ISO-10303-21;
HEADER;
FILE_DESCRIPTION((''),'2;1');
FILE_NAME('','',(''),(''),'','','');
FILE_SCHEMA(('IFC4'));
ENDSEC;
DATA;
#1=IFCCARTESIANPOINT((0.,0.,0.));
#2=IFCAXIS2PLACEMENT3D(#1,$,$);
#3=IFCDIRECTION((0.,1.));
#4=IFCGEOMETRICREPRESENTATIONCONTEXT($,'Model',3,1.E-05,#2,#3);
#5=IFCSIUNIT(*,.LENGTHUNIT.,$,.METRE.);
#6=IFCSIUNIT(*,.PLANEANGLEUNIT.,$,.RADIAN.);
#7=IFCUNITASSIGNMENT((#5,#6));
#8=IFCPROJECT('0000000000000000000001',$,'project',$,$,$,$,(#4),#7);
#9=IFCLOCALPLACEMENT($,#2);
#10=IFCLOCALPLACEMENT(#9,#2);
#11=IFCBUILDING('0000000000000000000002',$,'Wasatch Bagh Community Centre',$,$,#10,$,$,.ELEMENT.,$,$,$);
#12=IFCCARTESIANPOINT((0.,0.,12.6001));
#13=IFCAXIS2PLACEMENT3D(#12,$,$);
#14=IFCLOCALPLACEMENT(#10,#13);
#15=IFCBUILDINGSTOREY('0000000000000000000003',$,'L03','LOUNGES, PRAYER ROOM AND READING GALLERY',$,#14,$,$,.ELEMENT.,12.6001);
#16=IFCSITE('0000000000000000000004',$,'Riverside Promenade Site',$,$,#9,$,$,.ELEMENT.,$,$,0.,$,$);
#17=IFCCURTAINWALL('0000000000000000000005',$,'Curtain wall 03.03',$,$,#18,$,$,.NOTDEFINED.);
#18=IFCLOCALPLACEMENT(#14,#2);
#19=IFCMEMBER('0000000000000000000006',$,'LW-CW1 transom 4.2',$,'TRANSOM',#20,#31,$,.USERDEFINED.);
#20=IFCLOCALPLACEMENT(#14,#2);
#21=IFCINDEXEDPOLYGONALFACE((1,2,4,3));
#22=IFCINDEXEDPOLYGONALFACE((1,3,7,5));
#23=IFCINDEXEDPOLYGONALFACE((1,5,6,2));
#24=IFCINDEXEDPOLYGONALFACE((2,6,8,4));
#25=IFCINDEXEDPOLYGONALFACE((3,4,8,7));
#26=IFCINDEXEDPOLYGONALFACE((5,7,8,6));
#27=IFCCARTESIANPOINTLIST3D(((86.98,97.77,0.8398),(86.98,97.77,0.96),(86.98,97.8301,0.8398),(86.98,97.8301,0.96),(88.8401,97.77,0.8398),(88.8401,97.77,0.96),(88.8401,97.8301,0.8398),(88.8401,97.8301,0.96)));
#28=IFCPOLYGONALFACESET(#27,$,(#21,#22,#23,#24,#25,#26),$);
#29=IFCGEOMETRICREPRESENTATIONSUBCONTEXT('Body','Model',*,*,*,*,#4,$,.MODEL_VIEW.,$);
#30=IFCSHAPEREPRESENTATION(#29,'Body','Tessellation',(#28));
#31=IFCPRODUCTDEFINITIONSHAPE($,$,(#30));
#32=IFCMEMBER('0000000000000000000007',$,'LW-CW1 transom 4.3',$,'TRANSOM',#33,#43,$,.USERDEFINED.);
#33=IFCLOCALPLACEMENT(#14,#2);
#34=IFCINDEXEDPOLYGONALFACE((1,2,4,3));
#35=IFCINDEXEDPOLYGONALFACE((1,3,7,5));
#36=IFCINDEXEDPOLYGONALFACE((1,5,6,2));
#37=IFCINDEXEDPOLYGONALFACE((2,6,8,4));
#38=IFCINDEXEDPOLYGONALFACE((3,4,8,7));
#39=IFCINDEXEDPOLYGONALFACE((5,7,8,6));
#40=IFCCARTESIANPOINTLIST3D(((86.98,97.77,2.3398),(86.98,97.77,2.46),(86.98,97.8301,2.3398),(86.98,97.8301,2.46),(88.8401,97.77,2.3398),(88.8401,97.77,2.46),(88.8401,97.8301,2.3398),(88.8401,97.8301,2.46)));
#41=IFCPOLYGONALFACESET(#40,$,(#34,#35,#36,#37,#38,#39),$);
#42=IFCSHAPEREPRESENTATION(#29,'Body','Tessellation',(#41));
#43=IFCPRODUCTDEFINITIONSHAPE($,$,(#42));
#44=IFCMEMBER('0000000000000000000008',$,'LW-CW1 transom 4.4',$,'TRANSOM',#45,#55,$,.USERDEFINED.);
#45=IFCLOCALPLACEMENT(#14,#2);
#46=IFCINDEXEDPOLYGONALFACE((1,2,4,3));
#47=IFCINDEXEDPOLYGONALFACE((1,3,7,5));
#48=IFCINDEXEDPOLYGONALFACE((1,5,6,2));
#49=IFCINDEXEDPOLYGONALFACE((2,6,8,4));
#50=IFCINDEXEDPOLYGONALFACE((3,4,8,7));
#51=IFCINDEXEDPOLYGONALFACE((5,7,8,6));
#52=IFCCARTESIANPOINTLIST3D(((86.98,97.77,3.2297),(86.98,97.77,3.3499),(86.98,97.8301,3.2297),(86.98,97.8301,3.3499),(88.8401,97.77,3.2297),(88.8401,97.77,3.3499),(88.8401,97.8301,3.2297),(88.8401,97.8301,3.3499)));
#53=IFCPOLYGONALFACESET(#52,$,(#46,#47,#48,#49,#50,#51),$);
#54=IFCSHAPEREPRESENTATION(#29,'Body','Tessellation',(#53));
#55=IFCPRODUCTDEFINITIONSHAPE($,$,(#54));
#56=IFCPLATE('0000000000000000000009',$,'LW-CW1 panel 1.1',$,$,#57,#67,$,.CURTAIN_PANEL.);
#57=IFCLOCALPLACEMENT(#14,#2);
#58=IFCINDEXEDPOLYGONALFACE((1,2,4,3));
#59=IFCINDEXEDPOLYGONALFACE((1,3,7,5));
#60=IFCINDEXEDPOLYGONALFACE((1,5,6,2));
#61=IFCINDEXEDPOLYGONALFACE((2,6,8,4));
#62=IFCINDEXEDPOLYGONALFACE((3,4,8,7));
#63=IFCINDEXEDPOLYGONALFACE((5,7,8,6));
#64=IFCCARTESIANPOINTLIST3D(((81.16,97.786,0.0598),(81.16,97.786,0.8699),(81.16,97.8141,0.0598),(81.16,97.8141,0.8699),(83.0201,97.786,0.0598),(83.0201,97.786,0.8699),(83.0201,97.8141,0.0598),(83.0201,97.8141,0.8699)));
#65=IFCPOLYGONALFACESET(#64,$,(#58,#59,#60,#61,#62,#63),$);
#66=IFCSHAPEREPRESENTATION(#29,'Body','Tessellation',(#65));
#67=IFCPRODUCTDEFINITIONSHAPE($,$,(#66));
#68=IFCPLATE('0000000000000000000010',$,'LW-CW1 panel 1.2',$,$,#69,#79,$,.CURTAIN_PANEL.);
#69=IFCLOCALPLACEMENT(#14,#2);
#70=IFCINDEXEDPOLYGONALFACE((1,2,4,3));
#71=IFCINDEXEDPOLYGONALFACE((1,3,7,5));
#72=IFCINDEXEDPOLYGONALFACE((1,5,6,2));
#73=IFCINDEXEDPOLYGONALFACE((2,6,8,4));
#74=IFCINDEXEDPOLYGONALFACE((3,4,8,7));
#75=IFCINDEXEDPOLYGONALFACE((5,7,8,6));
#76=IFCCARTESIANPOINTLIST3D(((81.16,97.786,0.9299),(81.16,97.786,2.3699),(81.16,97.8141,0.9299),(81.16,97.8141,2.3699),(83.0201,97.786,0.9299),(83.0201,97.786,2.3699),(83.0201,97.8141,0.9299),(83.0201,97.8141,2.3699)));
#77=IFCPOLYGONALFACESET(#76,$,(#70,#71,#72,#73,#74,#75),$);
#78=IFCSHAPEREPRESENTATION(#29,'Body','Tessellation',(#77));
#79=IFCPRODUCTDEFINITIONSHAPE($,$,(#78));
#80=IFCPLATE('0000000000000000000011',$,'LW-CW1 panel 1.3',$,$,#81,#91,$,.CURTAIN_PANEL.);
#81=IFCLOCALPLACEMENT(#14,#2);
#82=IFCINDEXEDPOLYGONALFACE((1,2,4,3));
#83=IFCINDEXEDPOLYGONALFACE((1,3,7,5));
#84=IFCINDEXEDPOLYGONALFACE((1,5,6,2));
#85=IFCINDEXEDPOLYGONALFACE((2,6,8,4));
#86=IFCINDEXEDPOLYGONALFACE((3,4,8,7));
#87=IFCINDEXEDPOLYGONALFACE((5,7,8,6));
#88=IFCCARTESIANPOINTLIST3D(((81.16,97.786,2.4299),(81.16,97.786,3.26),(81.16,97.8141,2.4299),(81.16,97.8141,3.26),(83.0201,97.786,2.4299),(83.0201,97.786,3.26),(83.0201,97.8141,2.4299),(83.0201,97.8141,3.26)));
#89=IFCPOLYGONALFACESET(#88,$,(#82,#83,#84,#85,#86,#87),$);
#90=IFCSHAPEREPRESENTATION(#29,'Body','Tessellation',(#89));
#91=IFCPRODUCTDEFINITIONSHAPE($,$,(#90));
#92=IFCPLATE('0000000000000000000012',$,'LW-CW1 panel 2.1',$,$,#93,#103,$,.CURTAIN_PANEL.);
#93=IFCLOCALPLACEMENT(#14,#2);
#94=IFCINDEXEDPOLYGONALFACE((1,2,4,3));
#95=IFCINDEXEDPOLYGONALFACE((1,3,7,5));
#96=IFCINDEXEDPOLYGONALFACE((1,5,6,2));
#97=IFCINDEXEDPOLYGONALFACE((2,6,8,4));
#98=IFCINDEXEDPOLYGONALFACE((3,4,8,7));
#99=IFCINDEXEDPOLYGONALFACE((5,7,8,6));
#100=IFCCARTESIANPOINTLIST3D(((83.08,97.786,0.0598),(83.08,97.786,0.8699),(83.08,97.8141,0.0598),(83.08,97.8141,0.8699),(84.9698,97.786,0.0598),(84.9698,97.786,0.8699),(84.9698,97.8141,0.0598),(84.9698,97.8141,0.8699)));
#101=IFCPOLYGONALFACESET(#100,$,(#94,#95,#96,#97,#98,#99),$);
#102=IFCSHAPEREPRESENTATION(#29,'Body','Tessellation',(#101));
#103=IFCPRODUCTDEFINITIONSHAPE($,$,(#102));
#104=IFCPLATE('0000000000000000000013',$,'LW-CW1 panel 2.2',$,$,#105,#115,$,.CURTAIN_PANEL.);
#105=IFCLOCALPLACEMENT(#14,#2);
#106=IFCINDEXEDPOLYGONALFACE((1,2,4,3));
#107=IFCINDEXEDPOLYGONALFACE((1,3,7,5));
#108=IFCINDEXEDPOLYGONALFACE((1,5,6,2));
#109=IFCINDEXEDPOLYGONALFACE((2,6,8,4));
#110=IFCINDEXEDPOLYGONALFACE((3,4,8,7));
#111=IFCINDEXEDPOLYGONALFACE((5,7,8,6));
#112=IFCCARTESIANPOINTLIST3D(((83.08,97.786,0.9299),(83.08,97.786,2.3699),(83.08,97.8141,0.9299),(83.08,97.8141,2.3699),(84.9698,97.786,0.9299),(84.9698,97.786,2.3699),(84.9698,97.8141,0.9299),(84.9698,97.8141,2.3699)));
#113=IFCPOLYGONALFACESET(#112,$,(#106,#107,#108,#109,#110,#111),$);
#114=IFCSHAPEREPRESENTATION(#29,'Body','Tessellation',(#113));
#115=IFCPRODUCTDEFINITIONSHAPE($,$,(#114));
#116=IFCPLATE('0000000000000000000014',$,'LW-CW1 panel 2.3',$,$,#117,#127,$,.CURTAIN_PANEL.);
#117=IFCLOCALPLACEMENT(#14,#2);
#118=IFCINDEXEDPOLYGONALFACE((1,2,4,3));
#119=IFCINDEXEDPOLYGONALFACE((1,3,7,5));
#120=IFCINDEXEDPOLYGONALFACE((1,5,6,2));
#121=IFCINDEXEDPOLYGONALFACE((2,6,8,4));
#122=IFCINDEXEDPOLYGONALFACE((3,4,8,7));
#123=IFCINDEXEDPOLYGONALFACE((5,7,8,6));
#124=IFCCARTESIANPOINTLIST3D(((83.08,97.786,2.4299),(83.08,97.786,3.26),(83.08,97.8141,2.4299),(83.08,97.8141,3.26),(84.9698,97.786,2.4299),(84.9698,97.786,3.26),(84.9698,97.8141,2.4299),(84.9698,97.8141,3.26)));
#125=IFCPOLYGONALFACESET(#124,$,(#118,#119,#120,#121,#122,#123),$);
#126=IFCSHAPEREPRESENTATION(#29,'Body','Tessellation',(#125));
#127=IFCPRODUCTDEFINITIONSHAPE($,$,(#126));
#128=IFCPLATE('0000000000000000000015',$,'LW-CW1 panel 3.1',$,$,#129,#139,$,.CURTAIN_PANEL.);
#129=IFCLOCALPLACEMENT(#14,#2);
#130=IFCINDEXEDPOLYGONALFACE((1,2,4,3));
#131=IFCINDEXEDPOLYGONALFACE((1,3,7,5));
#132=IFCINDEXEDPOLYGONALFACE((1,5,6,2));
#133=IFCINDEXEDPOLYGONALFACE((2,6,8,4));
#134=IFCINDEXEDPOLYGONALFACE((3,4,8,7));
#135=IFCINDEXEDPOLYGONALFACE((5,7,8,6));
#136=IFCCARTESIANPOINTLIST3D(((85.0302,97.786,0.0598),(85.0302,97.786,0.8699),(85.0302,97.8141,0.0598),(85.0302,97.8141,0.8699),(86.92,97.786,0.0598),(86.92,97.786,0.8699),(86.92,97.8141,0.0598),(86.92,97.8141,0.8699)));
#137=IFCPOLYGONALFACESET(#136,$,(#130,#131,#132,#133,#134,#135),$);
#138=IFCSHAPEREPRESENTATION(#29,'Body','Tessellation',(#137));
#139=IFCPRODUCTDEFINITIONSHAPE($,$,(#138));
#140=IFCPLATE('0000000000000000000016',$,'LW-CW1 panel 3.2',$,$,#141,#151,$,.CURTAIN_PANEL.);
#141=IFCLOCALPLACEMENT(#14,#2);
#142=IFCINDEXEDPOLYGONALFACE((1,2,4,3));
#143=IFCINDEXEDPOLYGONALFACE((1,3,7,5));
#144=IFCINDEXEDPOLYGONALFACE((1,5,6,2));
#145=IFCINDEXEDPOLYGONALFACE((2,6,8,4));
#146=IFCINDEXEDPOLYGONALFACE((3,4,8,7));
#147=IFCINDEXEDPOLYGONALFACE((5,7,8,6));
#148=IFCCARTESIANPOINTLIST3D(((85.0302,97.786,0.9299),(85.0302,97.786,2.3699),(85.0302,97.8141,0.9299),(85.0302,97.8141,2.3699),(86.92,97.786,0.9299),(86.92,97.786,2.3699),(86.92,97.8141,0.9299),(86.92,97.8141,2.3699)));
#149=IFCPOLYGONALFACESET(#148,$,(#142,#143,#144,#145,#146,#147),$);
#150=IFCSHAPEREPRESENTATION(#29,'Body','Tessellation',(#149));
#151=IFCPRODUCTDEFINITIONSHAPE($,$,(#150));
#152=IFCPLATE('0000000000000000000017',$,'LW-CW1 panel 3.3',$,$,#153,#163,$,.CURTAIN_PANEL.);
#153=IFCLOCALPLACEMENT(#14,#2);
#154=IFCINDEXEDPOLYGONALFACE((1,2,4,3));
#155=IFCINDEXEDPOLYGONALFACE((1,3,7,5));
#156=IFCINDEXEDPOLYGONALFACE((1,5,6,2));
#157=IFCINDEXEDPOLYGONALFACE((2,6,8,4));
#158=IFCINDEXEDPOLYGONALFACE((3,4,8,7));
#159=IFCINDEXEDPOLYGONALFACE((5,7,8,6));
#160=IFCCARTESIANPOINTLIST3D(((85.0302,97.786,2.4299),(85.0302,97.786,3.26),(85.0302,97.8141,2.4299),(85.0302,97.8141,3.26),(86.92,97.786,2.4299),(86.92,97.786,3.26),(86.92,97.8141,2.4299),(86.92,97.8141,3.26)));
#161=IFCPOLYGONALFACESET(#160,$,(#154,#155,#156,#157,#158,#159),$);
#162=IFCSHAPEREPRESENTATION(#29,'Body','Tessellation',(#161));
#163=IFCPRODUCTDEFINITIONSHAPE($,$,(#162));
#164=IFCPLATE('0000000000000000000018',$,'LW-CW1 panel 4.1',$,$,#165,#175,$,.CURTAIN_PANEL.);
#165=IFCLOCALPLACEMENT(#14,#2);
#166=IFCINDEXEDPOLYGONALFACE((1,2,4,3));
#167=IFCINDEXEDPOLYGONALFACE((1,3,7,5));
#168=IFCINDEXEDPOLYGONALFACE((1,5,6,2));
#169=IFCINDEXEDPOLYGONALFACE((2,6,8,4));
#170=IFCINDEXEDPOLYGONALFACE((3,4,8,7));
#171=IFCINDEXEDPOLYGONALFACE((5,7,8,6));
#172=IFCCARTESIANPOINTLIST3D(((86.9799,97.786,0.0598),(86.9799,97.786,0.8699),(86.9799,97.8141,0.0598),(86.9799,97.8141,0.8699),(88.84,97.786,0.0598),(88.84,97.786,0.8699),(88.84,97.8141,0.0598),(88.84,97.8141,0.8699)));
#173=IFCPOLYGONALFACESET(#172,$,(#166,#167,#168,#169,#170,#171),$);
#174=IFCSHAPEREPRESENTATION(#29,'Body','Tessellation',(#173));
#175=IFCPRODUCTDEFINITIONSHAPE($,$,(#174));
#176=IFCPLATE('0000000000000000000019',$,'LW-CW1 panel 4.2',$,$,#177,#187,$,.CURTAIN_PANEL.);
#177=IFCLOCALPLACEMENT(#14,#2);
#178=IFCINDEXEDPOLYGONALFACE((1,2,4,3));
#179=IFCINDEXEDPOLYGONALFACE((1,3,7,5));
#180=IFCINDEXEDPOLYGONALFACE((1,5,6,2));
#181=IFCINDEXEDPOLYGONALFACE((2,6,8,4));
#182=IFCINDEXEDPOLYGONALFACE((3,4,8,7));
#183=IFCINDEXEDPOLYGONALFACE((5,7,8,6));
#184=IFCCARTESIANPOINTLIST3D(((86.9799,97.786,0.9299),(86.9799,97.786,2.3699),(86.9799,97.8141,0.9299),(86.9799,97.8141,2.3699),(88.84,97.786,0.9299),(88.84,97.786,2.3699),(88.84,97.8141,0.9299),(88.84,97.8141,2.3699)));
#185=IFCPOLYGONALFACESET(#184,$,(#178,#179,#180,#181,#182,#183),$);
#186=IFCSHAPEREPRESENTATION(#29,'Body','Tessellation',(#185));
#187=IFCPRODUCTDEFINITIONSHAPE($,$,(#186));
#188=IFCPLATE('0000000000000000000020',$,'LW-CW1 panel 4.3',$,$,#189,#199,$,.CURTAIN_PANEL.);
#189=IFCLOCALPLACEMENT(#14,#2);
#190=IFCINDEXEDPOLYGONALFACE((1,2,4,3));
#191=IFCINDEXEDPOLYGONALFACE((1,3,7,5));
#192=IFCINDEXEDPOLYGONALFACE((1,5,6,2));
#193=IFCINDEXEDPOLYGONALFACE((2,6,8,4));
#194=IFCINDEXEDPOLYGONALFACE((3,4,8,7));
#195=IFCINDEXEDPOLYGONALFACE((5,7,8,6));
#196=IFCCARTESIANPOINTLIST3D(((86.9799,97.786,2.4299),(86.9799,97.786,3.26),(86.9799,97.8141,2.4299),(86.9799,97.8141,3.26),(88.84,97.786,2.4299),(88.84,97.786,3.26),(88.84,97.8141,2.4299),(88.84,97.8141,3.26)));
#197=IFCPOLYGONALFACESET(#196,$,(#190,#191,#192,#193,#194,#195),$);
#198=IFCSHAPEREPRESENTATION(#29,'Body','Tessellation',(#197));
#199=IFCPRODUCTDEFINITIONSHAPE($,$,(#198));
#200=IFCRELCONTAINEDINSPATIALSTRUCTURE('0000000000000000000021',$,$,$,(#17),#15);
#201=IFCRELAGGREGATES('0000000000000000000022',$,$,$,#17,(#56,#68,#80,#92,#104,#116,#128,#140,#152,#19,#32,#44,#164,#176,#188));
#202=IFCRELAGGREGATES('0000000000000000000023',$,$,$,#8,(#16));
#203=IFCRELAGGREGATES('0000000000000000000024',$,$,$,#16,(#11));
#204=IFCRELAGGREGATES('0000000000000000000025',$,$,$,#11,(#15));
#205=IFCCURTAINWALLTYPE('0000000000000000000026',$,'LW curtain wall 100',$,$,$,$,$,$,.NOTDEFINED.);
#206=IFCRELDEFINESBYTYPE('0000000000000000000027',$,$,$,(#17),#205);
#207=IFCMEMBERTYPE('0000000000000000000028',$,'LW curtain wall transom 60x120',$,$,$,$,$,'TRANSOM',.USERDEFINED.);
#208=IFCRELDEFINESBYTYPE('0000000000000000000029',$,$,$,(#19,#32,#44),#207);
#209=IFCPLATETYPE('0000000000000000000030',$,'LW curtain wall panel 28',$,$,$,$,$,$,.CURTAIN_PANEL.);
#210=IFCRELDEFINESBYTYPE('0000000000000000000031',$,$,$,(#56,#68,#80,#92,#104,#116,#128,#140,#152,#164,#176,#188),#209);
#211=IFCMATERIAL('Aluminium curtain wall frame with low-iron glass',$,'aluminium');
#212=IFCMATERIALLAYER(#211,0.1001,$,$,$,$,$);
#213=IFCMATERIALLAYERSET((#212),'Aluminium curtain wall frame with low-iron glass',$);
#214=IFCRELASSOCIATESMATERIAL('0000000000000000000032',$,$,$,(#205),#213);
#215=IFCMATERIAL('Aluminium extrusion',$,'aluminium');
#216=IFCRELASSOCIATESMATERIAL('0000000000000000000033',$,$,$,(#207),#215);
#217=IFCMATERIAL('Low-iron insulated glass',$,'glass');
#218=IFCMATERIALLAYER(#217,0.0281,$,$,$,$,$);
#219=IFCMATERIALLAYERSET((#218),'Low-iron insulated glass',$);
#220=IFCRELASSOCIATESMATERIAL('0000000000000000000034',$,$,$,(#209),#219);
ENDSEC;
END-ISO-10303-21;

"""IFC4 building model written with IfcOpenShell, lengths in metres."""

from ifc_helpers import new_model, si_unit, direction, frame, origin, origin_2d, place, context, subcontext, project, spatial, rectangle, extrude, material, layer, layer_set, material_profile, profile_set, type_object, element, aggregate, save


model = new_model("IFC4")

# Units and contexts
model_context = context("Model", 3, precision=1e-05, world=origin(), true_north=direction((0.0, 1.0)))
body_context = subcontext(model_context, "Body", "Model", "MODEL_VIEW")
ifc_project = project(units=[si_unit("LENGTHUNIT", "METRE"), si_unit("PLANEANGLEUNIT", "RADIAN")], contexts=[model_context])

# Site, building, storey
site_placement = place(None, origin())
site = spatial("IfcSite", under=ifc_project, at=site_placement, Name="Riverside Promenade Site", CompositionType="ELEMENT", RefElevation=0.0)
building_placement = place(site_placement, origin())
building = spatial("IfcBuilding", under=site, at=building_placement, Name="Wasatch Bagh Community Centre", CompositionType="ELEMENT")
storey_placement = place(building_placement, frame((0.0, 0.0, 12.6001)))
storey = spatial("IfcBuildingStorey", under=building, at=storey_placement, Name="L03", Description="LOUNGES, PRAYER ROOM AND READING GALLERY", CompositionType="ELEMENT", Elevation=12.6001)

# Curtain wall, members, plates
ifc_material_1 = material(Name="Aluminium curtain wall frame with low-iron glass", Category="aluminium")
ifc_layer_1 = layer(ifc_material_1, 0.1001)
ifc_layer_set_1 = layer_set([ifc_layer_1], Name="Aluminium curtain wall frame with low-iron glass")
curtain_wall_type = type_object("IfcCurtainWallType", Name="LW curtain wall 100", PredefinedType="NOTDEFINED", material=ifc_layer_set_1)
curtain_wall_placement = place(storey_placement, origin())
curtain_wall = element("IfcCurtainWall", 1, at=curtain_wall_placement, inside=storey, type_object=curtain_wall_type, Name="Curtain wall 03.03", PredefinedType="NOTDEFINED")
ifc_material_2 = material(Name="Aluminium extrusion", Category="aluminium")
ifc_material_profile_1 = material_profile(ifc_material_2, rectangle(XDim=0.0601, YDim=0.1201, at=origin_2d()), Name="AL 60x120")
ifc_profile_set_1 = profile_set([ifc_material_profile_1], Name="Aluminium extrusion")
member_type_1 = type_object("IfcMemberType", Name="LW curtain wall transom 60x120", ElementType="TRANSOM", PredefinedType="USERDEFINED", material=ifc_profile_set_1)
member_1_placement = place(storey_placement, frame((86.98, 97.8, 0.8999), z_axis=(1.0, 0.0, 0.0), x_axis=(0.0, 1.0, 0.0)))
member_1 = element("IfcMember", 2, at=member_1_placement, type_object=member_type_1, Name="LW-CW1 transom 4.2", ObjectType="TRANSOM", PredefinedType="USERDEFINED", context=body_context, shape_type="SweptSolid", body=[
    extrude(rectangle(XDim=0.0601, YDim=0.1201, at=origin_2d()), origin(), (0.0, 0.0, 1.0), 1.8601),
])
member_2_placement = place(storey_placement, frame((86.98, 97.8, 2.3999), z_axis=(1.0, 0.0, 0.0), x_axis=(0.0, 1.0, 0.0)))
member_2 = element("IfcMember", 3, at=member_2_placement, type_object=member_type_1, Name="LW-CW1 transom 4.3", ObjectType="TRANSOM", PredefinedType="USERDEFINED", context=body_context, shape_type="SweptSolid", body=[
    extrude(rectangle(XDim=0.0601, YDim=0.1201, at=origin_2d()), origin(), (0.0, 0.0, 1.0), 1.8601),
])
member_3_placement = place(storey_placement, frame((86.98, 97.8, 3.2898), z_axis=(1.0, 0.0, 0.0), x_axis=(0.0, 1.0, 0.0)))
member_3 = element("IfcMember", 4, at=member_3_placement, type_object=member_type_1, Name="LW-CW1 transom 4.4", ObjectType="TRANSOM", PredefinedType="USERDEFINED", context=body_context, shape_type="SweptSolid", body=[
    extrude(rectangle(XDim=0.0601, YDim=0.1201, at=origin_2d()), origin(), (0.0, 0.0, 1.0), 1.8601),
])
ifc_material_3 = material(Name="Low-iron insulated glass", Category="glass")
ifc_layer_2 = layer(ifc_material_3, 0.0281)
ifc_layer_set_2 = layer_set([ifc_layer_2], Name="Low-iron insulated glass")
plate_type = type_object("IfcPlateType", Name="LW curtain wall panel 28", PredefinedType="CURTAIN_PANEL", material=ifc_layer_set_2)
plate_1_placement = place(storey_placement, frame((82.0901, 97.8, 0.0598), z_axis=(0.0, 0.0, 1.0), x_axis=(1.0, 0.0, 0.0)))
plate_1 = element("IfcPlate", 5, at=plate_1_placement, type_object=plate_type, Name="LW-CW1 panel 1.1", PredefinedType="CURTAIN_PANEL", context=body_context, shape_type="SweptSolid", body=[
    extrude(rectangle(XDim=1.8601, YDim=0.0281, at=origin_2d()), origin(), (0.0, 0.0, 1.0), 0.8101),
])
plate_2_placement = place(storey_placement, frame((82.0901, 97.8, 0.9299), z_axis=(0.0, 0.0, 1.0), x_axis=(1.0, 0.0, 0.0)))
plate_2 = element("IfcPlate", 6, at=plate_2_placement, type_object=plate_type, Name="LW-CW1 panel 1.2", PredefinedType="CURTAIN_PANEL", context=body_context, shape_type="SweptSolid", body=[
    extrude(rectangle(XDim=1.8601, YDim=0.0281, at=origin_2d()), origin(), (0.0, 0.0, 1.0), 1.4399),
])
plate_3_placement = place(storey_placement, frame((82.0901, 97.8, 2.4299), z_axis=(0.0, 0.0, 1.0), x_axis=(1.0, 0.0, 0.0)))
plate_3 = element("IfcPlate", 7, at=plate_3_placement, type_object=plate_type, Name="LW-CW1 panel 1.3", PredefinedType="CURTAIN_PANEL", context=body_context, shape_type="SweptSolid", body=[
    extrude(rectangle(XDim=1.8601, YDim=0.0281, at=origin_2d()), origin(), (0.0, 0.0, 1.0), 0.8301),
])
plate_4_placement = place(storey_placement, frame((84.0249, 97.8, 0.0598), z_axis=(0.0, 0.0, 1.0), x_axis=(1.0, 0.0, 0.0)))
plate_4 = element("IfcPlate", 8, at=plate_4_placement, type_object=plate_type, Name="LW-CW1 panel 2.1", PredefinedType="CURTAIN_PANEL", context=body_context, shape_type="SweptSolid", body=[
    extrude(rectangle(XDim=1.8899, YDim=0.0281, at=origin_2d()), origin(), (0.0, 0.0, 1.0), 0.8101),
])
plate_5_placement = place(storey_placement, frame((84.0249, 97.8, 0.9299), z_axis=(0.0, 0.0, 1.0), x_axis=(1.0, 0.0, 0.0)))
plate_5 = element("IfcPlate", 9, at=plate_5_placement, type_object=plate_type, Name="LW-CW1 panel 2.2", PredefinedType="CURTAIN_PANEL", context=body_context, shape_type="SweptSolid", body=[
    extrude(rectangle(XDim=1.8899, YDim=0.0281, at=origin_2d()), origin(), (0.0, 0.0, 1.0), 1.4399),
])
plate_6_placement = place(storey_placement, frame((84.0249, 97.8, 2.4299), z_axis=(0.0, 0.0, 1.0), x_axis=(1.0, 0.0, 0.0)))
plate_6 = element("IfcPlate", 10, at=plate_6_placement, type_object=plate_type, Name="LW-CW1 panel 2.3", PredefinedType="CURTAIN_PANEL", context=body_context, shape_type="SweptSolid", body=[
    extrude(rectangle(XDim=1.8899, YDim=0.0281, at=origin_2d()), origin(), (0.0, 0.0, 1.0), 0.8301),
])
plate_7_placement = place(storey_placement, frame((85.9751, 97.8, 0.0598), z_axis=(0.0, 0.0, 1.0), x_axis=(1.0, 0.0, 0.0)))
plate_7 = element("IfcPlate", 11, at=plate_7_placement, type_object=plate_type, Name="LW-CW1 panel 3.1", PredefinedType="CURTAIN_PANEL", context=body_context, shape_type="SweptSolid", body=[
    extrude(rectangle(XDim=1.8899, YDim=0.0281, at=origin_2d()), origin(), (0.0, 0.0, 1.0), 0.8101),
])
plate_8_placement = place(storey_placement, frame((85.9751, 97.8, 0.9299), z_axis=(0.0, 0.0, 1.0), x_axis=(1.0, 0.0, 0.0)))
plate_8 = element("IfcPlate", 12, at=plate_8_placement, type_object=plate_type, Name="LW-CW1 panel 3.2", PredefinedType="CURTAIN_PANEL", context=body_context, shape_type="SweptSolid", body=[
    extrude(rectangle(XDim=1.8899, YDim=0.0281, at=origin_2d()), origin(), (0.0, 0.0, 1.0), 1.4399),
])
plate_9_placement = place(storey_placement, frame((85.9751, 97.8, 2.4299), z_axis=(0.0, 0.0, 1.0), x_axis=(1.0, 0.0, 0.0)))
plate_9 = element("IfcPlate", 13, at=plate_9_placement, type_object=plate_type, Name="LW-CW1 panel 3.3", PredefinedType="CURTAIN_PANEL", context=body_context, shape_type="SweptSolid", body=[
    extrude(rectangle(XDim=1.8899, YDim=0.0281, at=origin_2d()), origin(), (0.0, 0.0, 1.0), 0.8301),
])
plate_10_placement = place(storey_placement, frame((87.9099, 97.8, 0.0598), z_axis=(0.0, 0.0, 1.0), x_axis=(1.0, 0.0, 0.0)))
plate_10 = element("IfcPlate", 14, at=plate_10_placement, type_object=plate_type, Name="LW-CW1 panel 4.1", PredefinedType="CURTAIN_PANEL", context=body_context, shape_type="SweptSolid", body=[
    extrude(rectangle(XDim=1.8601, YDim=0.0281, at=origin_2d()), origin(), (0.0, 0.0, 1.0), 0.8101),
])
plate_11_placement = place(storey_placement, frame((87.9099, 97.8, 0.9299), z_axis=(0.0, 0.0, 1.0), x_axis=(1.0, 0.0, 0.0)))
plate_11 = element("IfcPlate", 15, at=plate_11_placement, type_object=plate_type, Name="LW-CW1 panel 4.2", PredefinedType="CURTAIN_PANEL", context=body_context, shape_type="SweptSolid", body=[
    extrude(rectangle(XDim=1.8601, YDim=0.0281, at=origin_2d()), origin(), (0.0, 0.0, 1.0), 1.4399),
])
plate_12_placement = place(storey_placement, frame((87.9099, 97.8, 2.4299), z_axis=(0.0, 0.0, 1.0), x_axis=(1.0, 0.0, 0.0)))
plate_12 = element("IfcPlate", 16, at=plate_12_placement, type_object=plate_type, Name="LW-CW1 panel 4.3", PredefinedType="CURTAIN_PANEL", context=body_context, shape_type="SweptSolid", body=[
    extrude(rectangle(XDim=1.8601, YDim=0.0281, at=origin_2d()), origin(), (0.0, 0.0, 1.0), 0.8301),
])
aggregate(curtain_wall, [plate_1, plate_2, plate_3, plate_4, plate_5, plate_6, plate_7, plate_8, plate_9, member_1, member_2, member_3, plate_10, plate_11, plate_12])

save(model, "model.ifc")
